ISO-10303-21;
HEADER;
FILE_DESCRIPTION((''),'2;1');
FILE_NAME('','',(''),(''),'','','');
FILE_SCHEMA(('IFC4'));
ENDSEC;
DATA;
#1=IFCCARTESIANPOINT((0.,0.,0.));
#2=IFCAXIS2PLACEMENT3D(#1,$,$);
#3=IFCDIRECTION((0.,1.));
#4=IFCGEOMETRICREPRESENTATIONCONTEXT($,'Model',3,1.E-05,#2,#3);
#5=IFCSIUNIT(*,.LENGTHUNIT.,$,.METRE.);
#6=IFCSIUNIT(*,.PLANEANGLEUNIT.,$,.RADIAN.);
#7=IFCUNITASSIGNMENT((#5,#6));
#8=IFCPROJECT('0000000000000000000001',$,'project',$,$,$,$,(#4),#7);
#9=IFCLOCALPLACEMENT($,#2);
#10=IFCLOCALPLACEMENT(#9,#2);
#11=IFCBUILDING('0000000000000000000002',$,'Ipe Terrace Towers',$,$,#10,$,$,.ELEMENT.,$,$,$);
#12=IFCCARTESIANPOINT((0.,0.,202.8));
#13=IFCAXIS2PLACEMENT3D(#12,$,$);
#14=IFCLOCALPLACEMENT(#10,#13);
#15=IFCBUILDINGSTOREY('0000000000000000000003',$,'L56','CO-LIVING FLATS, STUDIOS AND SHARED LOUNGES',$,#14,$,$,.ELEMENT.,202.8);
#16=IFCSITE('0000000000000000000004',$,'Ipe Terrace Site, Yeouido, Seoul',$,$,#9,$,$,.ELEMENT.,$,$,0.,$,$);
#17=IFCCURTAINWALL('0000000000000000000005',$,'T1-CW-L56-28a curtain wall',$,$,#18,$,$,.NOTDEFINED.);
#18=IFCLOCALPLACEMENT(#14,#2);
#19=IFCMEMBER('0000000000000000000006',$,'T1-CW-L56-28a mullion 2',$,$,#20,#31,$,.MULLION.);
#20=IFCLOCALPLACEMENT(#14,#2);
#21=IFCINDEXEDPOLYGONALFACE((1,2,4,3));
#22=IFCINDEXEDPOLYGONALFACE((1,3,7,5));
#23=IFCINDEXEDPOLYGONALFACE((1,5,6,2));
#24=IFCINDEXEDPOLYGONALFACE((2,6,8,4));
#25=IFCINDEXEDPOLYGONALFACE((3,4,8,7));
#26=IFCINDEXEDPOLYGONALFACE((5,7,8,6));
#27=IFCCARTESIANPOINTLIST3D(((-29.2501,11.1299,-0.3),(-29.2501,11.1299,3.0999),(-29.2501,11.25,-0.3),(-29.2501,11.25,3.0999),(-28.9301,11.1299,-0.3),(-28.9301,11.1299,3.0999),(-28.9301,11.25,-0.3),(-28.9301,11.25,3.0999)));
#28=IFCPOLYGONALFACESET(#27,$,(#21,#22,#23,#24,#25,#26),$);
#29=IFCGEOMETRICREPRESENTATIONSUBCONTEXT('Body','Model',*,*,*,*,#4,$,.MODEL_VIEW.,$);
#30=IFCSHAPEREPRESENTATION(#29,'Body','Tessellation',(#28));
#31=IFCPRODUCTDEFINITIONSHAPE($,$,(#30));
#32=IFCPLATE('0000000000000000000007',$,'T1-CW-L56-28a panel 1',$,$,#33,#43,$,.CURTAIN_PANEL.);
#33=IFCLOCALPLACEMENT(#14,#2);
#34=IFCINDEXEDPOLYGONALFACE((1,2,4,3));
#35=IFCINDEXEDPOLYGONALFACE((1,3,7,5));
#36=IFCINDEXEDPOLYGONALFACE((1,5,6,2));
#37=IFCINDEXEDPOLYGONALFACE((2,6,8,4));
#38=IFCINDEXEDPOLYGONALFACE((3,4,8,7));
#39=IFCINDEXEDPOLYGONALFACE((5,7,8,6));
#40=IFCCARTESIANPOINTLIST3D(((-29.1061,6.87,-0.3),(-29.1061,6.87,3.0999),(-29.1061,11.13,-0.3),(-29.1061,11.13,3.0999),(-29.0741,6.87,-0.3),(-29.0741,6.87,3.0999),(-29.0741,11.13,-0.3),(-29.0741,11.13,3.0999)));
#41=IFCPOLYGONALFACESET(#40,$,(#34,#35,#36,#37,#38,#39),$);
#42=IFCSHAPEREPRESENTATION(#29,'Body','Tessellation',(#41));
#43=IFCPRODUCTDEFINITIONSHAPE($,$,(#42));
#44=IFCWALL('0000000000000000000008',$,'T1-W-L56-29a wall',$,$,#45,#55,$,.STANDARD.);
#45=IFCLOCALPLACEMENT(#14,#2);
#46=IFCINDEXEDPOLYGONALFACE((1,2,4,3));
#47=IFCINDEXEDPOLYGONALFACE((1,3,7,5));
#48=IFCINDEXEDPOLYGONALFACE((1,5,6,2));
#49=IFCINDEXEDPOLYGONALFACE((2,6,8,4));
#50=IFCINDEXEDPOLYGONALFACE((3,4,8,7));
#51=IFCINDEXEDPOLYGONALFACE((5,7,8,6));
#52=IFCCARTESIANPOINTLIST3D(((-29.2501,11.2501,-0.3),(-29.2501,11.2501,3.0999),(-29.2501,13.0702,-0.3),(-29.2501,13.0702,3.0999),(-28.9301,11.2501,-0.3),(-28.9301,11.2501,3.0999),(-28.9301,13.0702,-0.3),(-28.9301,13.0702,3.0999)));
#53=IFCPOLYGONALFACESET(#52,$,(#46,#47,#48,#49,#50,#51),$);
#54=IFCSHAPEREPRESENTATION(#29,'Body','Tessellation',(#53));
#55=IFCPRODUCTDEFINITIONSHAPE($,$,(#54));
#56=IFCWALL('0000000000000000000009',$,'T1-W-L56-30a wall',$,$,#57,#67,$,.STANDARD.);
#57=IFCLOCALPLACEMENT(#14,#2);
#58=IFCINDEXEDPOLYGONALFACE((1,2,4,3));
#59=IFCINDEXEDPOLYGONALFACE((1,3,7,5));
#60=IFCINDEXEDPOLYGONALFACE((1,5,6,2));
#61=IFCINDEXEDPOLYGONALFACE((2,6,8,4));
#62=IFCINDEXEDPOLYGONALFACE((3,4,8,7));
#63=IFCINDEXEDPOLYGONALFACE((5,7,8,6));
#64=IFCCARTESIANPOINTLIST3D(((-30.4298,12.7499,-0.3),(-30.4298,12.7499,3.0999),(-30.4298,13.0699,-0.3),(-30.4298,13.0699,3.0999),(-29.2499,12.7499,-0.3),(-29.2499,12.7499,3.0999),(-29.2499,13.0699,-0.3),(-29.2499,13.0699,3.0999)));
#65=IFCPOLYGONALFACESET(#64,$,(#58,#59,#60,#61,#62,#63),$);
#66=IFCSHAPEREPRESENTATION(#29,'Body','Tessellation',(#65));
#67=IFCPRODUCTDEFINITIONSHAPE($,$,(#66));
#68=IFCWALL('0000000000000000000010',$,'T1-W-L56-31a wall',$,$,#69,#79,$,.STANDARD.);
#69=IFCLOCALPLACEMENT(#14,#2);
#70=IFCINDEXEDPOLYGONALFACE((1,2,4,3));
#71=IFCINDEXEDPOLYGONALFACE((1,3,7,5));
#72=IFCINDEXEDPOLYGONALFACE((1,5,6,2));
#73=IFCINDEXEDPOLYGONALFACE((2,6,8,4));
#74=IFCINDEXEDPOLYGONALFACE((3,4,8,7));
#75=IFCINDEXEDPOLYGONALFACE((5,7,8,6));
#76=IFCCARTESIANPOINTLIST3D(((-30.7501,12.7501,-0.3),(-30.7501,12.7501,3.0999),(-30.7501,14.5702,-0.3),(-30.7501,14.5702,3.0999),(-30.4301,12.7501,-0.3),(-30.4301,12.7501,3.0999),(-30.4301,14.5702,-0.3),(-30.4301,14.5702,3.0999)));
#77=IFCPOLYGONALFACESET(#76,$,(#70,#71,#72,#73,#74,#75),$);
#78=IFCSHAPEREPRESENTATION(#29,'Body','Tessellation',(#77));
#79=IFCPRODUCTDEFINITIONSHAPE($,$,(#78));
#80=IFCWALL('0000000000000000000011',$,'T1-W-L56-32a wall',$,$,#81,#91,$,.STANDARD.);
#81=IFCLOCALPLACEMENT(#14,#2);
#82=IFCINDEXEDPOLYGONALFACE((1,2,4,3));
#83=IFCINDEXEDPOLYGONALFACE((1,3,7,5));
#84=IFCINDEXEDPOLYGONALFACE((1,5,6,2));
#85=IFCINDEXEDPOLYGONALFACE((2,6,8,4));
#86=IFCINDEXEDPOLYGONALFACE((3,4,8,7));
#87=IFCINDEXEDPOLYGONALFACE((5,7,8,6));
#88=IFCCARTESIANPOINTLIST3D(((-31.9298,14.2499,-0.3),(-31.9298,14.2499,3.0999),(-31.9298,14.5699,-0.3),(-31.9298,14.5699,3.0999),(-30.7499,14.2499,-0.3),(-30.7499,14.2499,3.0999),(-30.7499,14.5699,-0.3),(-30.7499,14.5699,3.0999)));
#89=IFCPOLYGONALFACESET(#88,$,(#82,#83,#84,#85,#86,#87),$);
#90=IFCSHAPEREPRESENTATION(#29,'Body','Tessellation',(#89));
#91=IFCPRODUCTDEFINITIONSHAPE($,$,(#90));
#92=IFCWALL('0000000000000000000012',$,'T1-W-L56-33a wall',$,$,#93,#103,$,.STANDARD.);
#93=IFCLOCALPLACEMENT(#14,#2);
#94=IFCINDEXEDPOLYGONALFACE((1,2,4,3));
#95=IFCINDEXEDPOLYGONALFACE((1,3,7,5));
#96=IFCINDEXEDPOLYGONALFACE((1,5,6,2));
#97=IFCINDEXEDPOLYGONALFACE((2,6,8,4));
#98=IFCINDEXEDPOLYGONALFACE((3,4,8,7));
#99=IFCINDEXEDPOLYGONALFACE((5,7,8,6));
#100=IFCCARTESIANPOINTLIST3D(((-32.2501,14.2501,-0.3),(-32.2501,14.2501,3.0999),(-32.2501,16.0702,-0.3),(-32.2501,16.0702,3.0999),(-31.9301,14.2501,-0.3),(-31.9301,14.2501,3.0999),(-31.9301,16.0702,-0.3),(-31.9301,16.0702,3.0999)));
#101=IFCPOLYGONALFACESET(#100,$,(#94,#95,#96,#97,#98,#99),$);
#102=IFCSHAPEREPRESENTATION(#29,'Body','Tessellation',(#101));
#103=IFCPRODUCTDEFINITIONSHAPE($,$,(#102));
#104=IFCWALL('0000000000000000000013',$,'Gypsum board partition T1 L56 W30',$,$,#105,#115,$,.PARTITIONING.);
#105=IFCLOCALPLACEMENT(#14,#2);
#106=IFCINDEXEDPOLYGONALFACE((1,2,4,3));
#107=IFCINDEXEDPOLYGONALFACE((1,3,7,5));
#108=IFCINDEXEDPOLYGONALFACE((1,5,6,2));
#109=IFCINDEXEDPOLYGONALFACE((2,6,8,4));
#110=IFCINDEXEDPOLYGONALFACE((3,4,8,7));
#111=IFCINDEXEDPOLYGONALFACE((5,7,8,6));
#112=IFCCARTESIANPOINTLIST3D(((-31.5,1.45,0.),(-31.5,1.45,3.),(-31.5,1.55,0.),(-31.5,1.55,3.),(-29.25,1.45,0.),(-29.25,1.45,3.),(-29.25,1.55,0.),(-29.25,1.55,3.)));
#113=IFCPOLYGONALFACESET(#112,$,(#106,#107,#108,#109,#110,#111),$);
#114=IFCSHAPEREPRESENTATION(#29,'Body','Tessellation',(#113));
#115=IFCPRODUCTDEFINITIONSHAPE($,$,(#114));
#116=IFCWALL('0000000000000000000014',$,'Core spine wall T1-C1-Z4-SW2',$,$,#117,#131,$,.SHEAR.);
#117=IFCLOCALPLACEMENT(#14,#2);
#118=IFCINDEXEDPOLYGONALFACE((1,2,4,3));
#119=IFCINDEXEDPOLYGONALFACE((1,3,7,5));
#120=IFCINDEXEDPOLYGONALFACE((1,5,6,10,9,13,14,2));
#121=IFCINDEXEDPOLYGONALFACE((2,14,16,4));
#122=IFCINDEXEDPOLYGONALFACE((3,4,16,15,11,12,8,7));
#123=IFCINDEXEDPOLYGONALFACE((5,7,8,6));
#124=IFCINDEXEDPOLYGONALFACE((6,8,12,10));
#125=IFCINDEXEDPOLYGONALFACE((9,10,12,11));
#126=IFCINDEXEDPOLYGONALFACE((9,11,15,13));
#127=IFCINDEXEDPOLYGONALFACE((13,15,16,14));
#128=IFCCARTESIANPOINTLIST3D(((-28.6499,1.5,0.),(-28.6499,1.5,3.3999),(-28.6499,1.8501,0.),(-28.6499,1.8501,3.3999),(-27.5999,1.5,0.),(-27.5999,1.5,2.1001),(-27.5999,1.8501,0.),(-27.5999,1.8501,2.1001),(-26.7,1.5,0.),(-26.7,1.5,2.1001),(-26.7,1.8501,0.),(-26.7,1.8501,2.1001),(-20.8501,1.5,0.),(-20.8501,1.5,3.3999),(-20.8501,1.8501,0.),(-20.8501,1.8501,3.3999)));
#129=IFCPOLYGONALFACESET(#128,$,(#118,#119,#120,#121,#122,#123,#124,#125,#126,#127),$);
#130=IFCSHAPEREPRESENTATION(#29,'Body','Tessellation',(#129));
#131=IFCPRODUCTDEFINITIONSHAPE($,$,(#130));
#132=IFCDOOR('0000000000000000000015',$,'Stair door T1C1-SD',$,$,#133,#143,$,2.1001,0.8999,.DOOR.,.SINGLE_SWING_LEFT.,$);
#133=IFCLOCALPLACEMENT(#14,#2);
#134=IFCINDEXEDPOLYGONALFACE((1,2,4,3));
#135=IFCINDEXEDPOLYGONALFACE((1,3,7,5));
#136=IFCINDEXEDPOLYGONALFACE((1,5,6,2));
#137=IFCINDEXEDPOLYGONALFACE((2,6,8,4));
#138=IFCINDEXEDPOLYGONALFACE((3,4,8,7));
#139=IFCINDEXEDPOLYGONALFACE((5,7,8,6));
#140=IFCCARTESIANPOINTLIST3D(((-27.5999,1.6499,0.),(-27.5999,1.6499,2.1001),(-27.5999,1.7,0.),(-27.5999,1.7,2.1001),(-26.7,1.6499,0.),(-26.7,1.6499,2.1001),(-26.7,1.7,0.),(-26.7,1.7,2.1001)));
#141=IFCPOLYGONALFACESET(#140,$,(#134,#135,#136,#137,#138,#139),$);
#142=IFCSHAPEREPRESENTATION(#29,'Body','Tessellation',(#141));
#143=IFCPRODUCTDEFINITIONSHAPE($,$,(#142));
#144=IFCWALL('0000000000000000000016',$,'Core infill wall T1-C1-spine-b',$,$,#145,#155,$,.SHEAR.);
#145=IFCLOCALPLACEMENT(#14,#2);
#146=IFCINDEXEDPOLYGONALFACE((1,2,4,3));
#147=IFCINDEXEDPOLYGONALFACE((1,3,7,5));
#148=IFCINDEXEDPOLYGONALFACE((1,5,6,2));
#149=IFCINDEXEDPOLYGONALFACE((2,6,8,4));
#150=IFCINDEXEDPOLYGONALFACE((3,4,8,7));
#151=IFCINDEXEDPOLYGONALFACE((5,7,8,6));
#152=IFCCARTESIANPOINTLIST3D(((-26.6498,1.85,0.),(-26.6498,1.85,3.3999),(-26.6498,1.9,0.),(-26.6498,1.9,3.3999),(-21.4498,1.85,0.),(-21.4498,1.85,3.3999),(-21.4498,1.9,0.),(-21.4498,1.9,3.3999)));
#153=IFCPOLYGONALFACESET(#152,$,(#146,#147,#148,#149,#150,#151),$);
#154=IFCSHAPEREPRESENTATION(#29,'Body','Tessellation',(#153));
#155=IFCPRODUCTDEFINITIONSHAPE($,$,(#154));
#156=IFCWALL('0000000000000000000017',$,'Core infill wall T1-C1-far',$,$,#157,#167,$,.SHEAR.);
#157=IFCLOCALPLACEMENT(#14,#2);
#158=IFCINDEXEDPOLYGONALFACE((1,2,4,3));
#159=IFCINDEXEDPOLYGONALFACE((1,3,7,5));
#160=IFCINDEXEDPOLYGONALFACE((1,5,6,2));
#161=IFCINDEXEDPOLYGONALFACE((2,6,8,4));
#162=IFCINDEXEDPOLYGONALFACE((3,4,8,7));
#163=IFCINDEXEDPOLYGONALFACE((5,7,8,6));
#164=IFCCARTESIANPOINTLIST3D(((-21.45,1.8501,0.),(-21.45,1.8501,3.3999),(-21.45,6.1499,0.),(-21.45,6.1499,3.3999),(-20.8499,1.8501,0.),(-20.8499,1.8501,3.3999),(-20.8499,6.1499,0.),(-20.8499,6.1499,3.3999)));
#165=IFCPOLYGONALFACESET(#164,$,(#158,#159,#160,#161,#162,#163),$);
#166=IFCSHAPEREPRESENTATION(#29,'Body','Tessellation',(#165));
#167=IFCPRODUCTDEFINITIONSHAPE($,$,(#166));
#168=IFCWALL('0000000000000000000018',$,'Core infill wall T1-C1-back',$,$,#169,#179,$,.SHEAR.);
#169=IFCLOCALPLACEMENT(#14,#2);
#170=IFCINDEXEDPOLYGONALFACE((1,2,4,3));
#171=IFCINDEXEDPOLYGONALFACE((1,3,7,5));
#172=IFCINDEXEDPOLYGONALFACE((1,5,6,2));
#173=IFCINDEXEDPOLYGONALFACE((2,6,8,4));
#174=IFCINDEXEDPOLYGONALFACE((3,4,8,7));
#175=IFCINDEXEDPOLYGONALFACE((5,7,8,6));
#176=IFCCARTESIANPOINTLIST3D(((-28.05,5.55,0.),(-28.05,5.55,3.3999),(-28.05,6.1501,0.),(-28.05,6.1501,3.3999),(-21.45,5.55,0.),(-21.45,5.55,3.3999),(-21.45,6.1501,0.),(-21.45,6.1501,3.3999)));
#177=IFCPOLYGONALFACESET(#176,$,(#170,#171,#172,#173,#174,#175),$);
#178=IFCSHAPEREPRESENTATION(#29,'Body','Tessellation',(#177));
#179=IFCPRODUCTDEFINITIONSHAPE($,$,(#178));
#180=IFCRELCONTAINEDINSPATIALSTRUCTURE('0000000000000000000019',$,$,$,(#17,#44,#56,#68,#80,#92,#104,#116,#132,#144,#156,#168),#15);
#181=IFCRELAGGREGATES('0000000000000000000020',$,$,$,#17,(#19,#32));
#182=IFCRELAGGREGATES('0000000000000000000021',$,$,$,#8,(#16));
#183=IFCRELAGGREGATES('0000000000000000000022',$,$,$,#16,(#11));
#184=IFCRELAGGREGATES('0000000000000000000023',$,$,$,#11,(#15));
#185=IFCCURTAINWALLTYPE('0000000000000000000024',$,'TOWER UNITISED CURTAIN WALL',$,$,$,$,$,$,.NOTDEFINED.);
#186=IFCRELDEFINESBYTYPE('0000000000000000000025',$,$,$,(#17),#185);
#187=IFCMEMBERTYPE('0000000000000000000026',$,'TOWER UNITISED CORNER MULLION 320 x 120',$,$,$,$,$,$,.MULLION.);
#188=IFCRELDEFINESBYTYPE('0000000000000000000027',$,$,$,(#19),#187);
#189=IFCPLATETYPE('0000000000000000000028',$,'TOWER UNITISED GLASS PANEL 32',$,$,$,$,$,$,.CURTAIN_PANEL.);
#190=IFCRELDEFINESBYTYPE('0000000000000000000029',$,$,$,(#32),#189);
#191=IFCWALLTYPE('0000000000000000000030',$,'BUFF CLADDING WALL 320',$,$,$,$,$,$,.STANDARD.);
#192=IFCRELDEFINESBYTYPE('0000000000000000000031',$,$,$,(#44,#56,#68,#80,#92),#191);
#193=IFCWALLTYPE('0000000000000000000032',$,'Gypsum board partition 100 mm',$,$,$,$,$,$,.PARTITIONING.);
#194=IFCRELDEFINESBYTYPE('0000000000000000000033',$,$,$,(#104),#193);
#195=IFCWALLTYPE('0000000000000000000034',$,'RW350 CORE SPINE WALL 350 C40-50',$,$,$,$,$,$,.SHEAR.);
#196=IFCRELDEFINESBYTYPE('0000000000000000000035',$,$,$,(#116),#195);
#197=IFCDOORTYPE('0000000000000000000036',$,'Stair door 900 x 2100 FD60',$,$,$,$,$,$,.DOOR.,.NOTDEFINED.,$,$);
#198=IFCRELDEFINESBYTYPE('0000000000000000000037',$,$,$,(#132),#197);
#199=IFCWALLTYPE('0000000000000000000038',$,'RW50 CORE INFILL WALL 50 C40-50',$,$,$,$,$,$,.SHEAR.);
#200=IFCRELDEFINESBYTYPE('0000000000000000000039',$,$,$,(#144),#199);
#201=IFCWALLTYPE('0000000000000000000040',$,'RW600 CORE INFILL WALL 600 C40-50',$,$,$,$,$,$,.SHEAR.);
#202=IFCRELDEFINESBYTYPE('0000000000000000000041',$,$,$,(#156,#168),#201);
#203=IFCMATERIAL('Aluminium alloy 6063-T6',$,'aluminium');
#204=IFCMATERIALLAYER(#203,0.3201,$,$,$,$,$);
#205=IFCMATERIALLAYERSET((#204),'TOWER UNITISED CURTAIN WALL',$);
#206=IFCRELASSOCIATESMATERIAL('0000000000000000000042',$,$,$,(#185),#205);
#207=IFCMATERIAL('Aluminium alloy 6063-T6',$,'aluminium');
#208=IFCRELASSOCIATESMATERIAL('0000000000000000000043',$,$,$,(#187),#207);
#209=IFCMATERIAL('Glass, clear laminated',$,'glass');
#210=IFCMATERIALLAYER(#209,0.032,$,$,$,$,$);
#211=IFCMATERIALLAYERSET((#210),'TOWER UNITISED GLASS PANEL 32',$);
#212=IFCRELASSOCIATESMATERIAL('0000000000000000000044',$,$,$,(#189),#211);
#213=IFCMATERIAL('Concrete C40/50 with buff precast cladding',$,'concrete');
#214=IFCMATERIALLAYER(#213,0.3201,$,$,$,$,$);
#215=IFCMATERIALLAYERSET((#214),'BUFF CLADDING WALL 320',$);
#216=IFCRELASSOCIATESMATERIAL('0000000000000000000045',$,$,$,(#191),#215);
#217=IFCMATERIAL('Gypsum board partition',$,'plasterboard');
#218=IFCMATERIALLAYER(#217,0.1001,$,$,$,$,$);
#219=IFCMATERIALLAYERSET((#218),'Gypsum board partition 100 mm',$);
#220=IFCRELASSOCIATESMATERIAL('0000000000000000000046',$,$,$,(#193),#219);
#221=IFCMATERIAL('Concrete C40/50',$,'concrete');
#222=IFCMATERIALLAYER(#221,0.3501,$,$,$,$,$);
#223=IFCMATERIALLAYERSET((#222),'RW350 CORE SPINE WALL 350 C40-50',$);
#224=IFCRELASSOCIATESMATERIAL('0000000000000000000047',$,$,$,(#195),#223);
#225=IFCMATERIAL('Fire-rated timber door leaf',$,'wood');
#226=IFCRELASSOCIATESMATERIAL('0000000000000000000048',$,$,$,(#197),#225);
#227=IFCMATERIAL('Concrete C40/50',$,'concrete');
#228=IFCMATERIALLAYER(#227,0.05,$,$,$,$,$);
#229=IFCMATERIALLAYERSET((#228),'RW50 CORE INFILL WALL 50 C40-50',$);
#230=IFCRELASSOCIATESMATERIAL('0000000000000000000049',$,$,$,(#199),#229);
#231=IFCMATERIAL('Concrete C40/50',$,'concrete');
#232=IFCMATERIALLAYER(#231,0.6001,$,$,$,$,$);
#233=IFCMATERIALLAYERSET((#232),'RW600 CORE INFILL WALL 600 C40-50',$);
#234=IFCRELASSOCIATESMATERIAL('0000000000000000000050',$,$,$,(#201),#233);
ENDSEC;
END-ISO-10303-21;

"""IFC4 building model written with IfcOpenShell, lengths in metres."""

from ifc_helpers import new_model, si_unit, direction, frame, frame_2d, origin, origin_2d, place, context, subcontext, project, spatial, rectangle, extrude, material, layer, layer_set, material_profile, profile_set, type_object, element, fill, aggregate, save


model = new_model("IFC4")

# Units and contexts
model_context = context("Model", 3, precision=1e-05, world=origin(), true_north=direction((0.0, 1.0)))
body_context = subcontext(model_context, "Body", "Model", "MODEL_VIEW")
ifc_project = project(units=[si_unit("LENGTHUNIT", "METRE"), si_unit("PLANEANGLEUNIT", "RADIAN")], contexts=[model_context])

# Site, building, storey
site_placement = place(None, origin())
site = spatial("IfcSite", under=ifc_project, at=site_placement, Name="Ipe Terrace Site, Yeouido, Seoul", CompositionType="ELEMENT", RefElevation=0.0)
building_placement = place(site_placement, origin())
building = spatial("IfcBuilding", under=site, at=building_placement, Name="Ipe Terrace Towers", CompositionType="ELEMENT")
storey_placement = place(building_placement, frame((0.0, 0.0, 202.8)))
storey = spatial("IfcBuildingStorey", under=building, at=storey_placement, Name="L56", Description="CO-LIVING FLATS, STUDIOS AND SHARED LOUNGES", CompositionType="ELEMENT", Elevation=202.8)

# Curtain wall, member, plate
ifc_material_1 = material(Name="Aluminium alloy 6063-T6", Category="aluminium")
ifc_layer_1 = layer(ifc_material_1, 0.3201)
ifc_layer_set_1 = layer_set([ifc_layer_1], Name="TOWER UNITISED CURTAIN WALL")
curtain_wall_type = type_object("IfcCurtainWallType", Name="TOWER UNITISED CURTAIN WALL", PredefinedType="NOTDEFINED", material=ifc_layer_set_1)
curtain_wall_placement = place(storey_placement, origin())
curtain_wall = element("IfcCurtainWall", 1, at=curtain_wall_placement, inside=storey, type_object=curtain_wall_type, Name="T1-CW-L56-28a curtain wall", PredefinedType="NOTDEFINED")
ifc_material_2 = material(Name="Aluminium alloy 6063-T6", Category="aluminium")
ifc_material_profile_1 = material_profile(ifc_material_2, rectangle(XDim=0.3201, YDim=0.1201, at=origin_2d()), Name="TOWER UNITISED CORNER MULLION 320 x 120")
ifc_profile_set_1 = profile_set([ifc_material_profile_1], Name="Aluminium alloy 6063-T6")
member_type = type_object("IfcMemberType", Name="TOWER UNITISED CORNER MULLION 320 x 120", PredefinedType="MULLION", material=ifc_profile_set_1)
member_1_placement = place(storey_placement, frame((-29.0901, 11.1899, -0.3), z_axis=(0.0, 0.0, 1.0), x_axis=(1.0, 0.0, 0.0)))
member_1 = element("IfcMember", 2, at=member_1_placement, type_object=member_type, Name="T1-CW-L56-28a mullion 2", PredefinedType="MULLION", context=body_context, shape_type="SweptSolid", body=[
    extrude(rectangle(XDim=0.3201, YDim=0.1201, at=origin_2d()), origin(), (0.0, 0.0, 1.0), 3.3999),
])
ifc_material_3 = material(Name="Glass, clear laminated", Category="glass")
ifc_layer_2 = layer(ifc_material_3, 0.032)
ifc_layer_set_2 = layer_set([ifc_layer_2], Name="TOWER UNITISED GLASS PANEL 32")
plate_type = type_object("IfcPlateType", Name="TOWER UNITISED GLASS PANEL 32", PredefinedType="CURTAIN_PANEL", material=ifc_layer_set_2)
plate_placement = place(storey_placement, frame((-29.0901, 9.0, -0.3), z_axis=(0.0, 0.0, 1.0), x_axis=(0.0, 1.0, 0.0)))
plate = element("IfcPlate", 3, at=plate_placement, type_object=plate_type, Name="T1-CW-L56-28a panel 1", PredefinedType="CURTAIN_PANEL", context=body_context, shape_type="SweptSolid", body=[
    extrude(rectangle(XDim=4.26, YDim=0.032, at=origin_2d()), origin(), (0.0, 0.0, 1.0), 3.3999),
])
aggregate(curtain_wall, [member_1, plate])

# Walls
ifc_material_4 = material(Name="Concrete C40/50 with buff precast cladding", Category="concrete")
ifc_layer_3 = layer(ifc_material_4, 0.3201)
ifc_layer_set_3 = layer_set([ifc_layer_3], Name="BUFF CLADDING WALL 320")
wall_type_1 = type_object("IfcWallType", Name="BUFF CLADDING WALL 320", PredefinedType="STANDARD", material=ifc_layer_set_3)
wall_1_placement = place(storey_placement, frame((-29.0901, 11.25, -0.3), z_axis=(0.0, 0.0, 1.0), x_axis=(0.0, 1.0, 0.0)))
element("IfcWall", 4, at=wall_1_placement, inside=storey, type_object=wall_type_1, Name="T1-W-L56-29a wall", PredefinedType="STANDARD", context=body_context, shape_type="SweptSolid", body=[
    extrude(rectangle(XDim=1.8201, YDim=0.3201, at=frame_2d((0.9102, 0.0))), origin(), (0.0, 0.0, 1.0), 3.3999),
])
wall_2_placement = place(storey_placement, frame((-29.25, 12.9099, -0.3), z_axis=(0.0, 0.0, 1.0), x_axis=(-1.0, 0.0, 0.0)))
element("IfcWall", 5, at=wall_2_placement, inside=storey, type_object=wall_type_1, Name="T1-W-L56-30a wall", PredefinedType="STANDARD", context=body_context, shape_type="SweptSolid", body=[
    extrude(rectangle(XDim=1.1799, YDim=0.3201, at=frame_2d((0.5898, 0.0))), origin(), (0.0, 0.0, 1.0), 3.3999),
])
wall_3_placement = place(storey_placement, frame((-30.5901, 12.75, -0.3), z_axis=(0.0, 0.0, 1.0), x_axis=(0.0, 1.0, 0.0)))
element("IfcWall", 6, at=wall_3_placement, inside=storey, type_object=wall_type_1, Name="T1-W-L56-31a wall", PredefinedType="STANDARD", context=body_context, shape_type="SweptSolid", body=[
    extrude(rectangle(XDim=1.8201, YDim=0.3201, at=frame_2d((0.9102, 0.0))), origin(), (0.0, 0.0, 1.0), 3.3999),
])
wall_4_placement = place(storey_placement, frame((-30.75, 14.4099, -0.3), z_axis=(0.0, 0.0, 1.0), x_axis=(-1.0, 0.0, 0.0)))
element("IfcWall", 7, at=wall_4_placement, inside=storey, type_object=wall_type_1, Name="T1-W-L56-32a wall", PredefinedType="STANDARD", context=body_context, shape_type="SweptSolid", body=[
    extrude(rectangle(XDim=1.1799, YDim=0.3201, at=frame_2d((0.5898, 0.0))), origin(), (0.0, 0.0, 1.0), 3.3999),
])
wall_5_placement = place(storey_placement, frame((-32.0901, 14.25, -0.3), z_axis=(0.0, 0.0, 1.0), x_axis=(0.0, 1.0, 0.0)))
element("IfcWall", 8, at=wall_5_placement, inside=storey, type_object=wall_type_1, Name="T1-W-L56-33a wall", PredefinedType="STANDARD", context=body_context, shape_type="SweptSolid", body=[
    extrude(rectangle(XDim=1.8201, YDim=0.3201, at=frame_2d((0.9102, 0.0))), origin(), (0.0, 0.0, 1.0), 3.3999),
])
ifc_material_5 = material(Name="Gypsum board partition", Category="plasterboard")
ifc_layer_4 = layer(ifc_material_5, 0.1001)
ifc_layer_set_4 = layer_set([ifc_layer_4], Name="Gypsum board partition 100 mm")
wall_type_2 = type_object("IfcWallType", Name="Gypsum board partition 100 mm", PredefinedType="PARTITIONING", material=ifc_layer_set_4)
wall_6_placement = place(storey_placement, frame((-31.5, 1.5, 0.0), z_axis=(0.0, 0.0, 1.0), x_axis=(1.0, 0.0, 0.0)))
element("IfcWall", 9, at=wall_6_placement, inside=storey, type_object=wall_type_2, Name="Gypsum board partition T1 L56 W30", PredefinedType="PARTITIONING", context=body_context, shape_type="SweptSolid", body=[
    extrude(rectangle(XDim=2.25, YDim=0.1001, at=frame_2d((1.125, 0.0))), origin(), (0.0, 0.0, 1.0), 3.0),
])

# Wall, opening, door
ifc_material_6 = material(Name="Concrete C40/50", Category="concrete")
ifc_layer_5 = layer(ifc_material_6, 0.3501)
ifc_layer_set_5 = layer_set([ifc_layer_5], Name="RW350 CORE SPINE WALL 350 C40-50")
wall_type_3 = type_object("IfcWallType", Name="RW350 CORE SPINE WALL 350 C40-50", PredefinedType="SHEAR", material=ifc_layer_set_5)
wall_7_placement = place(storey_placement, frame((-28.6499, 1.675, 0.0), z_axis=(0.0, 0.0, 1.0), x_axis=(1.0, 0.0, 0.0)))
wall_7 = element("IfcWall", 10, at=wall_7_placement, inside=storey, type_object=wall_type_3, Name="Core spine wall T1-C1-Z4-SW2", PredefinedType="SHEAR", context=body_context, shape_type="SweptSolid", body=[
    extrude(rectangle(XDim=7.7998, YDim=0.3501, at=frame_2d((3.8999, 0.0))), origin(), (0.0, 0.0, 1.0), 3.3999),
])
opening_1_placement = place(wall_7_placement, frame((1.05, 0.0, 0.0)))
opening_1 = element("IfcOpeningElement", 11, at=opening_1_placement, cuts=wall_7, PredefinedType="OPENING", context=body_context, shape_type="SweptSolid", body=[
    extrude(rectangle(XDim=0.8999, YDim=2.1001, at=frame_2d((0.45, 1.05))), frame((0.0, 0.1851, 0.0), z_axis=(0.0, -1.0, 0.0), x_axis=(1.0, 0.0, 0.0)), (0.0, 0.0, 1.0), 0.3701),
])
ifc_material_7 = material(Name="Fire-rated timber door leaf", Category="wood")
door_type_1 = type_object("IfcDoorType", Name="Stair door 900 x 2100 FD60", OperationType="NOTDEFINED", PredefinedType="DOOR", material=ifc_material_7)
door_1_placement = place(opening_1_placement, origin())
door_1 = element("IfcDoor", 12, at=door_1_placement, inside=storey, type_object=door_type_1, Name="Stair door T1C1-SD", OperationType="SINGLE_SWING_LEFT", OverallHeight=2.1001, OverallWidth=0.8999, PredefinedType="DOOR", context=body_context, shape_type="SweptSolid", body=[
    extrude(rectangle(XDim=0.8999, YDim=2.1001, at=frame_2d((0.45, 1.05))), frame((0.0, 0.0249, 0.0), z_axis=(0.0, -1.0, 0.0), x_axis=(1.0, 0.0, 0.0)), (0.0, 0.0, 1.0), 0.05),
])
fill(opening_1, door_1)

# Walls
ifc_material_8 = material(Name="Concrete C40/50", Category="concrete")
ifc_layer_6 = layer(ifc_material_8, 0.05)
ifc_layer_set_6 = layer_set([ifc_layer_6], Name="RW50 CORE INFILL WALL 50 C40-50")
wall_type_4 = type_object("IfcWallType", Name="RW50 CORE INFILL WALL 50 C40-50", PredefinedType="SHEAR", material=ifc_layer_set_6)
wall_8_placement = place(storey_placement, frame((-26.6499, 1.875, 0.0), z_axis=(0.0, 0.0, 1.0), x_axis=(1.0, 0.0, 0.0)))
element("IfcWall", 13, at=wall_8_placement, inside=storey, type_object=wall_type_4, Name="Core infill wall T1-C1-spine-b", PredefinedType="SHEAR", context=body_context, shape_type="SweptSolid", body=[
    extrude(rectangle(XDim=5.2, YDim=0.05, at=frame_2d((2.6001, 0.0))), origin(), (0.0, 0.0, 1.0), 3.3999),
])
ifc_material_9 = material(Name="Concrete C40/50", Category="concrete")
ifc_layer_7 = layer(ifc_material_9, 0.6001)
ifc_layer_set_7 = layer_set([ifc_layer_7], Name="RW600 CORE INFILL WALL 600 C40-50")
wall_type_5 = type_object("IfcWallType", Name="RW600 CORE INFILL WALL 600 C40-50", PredefinedType="SHEAR", material=ifc_layer_set_7)
wall_9_placement = place(storey_placement, frame((-21.1499, 1.8501, 0.0), z_axis=(0.0, 0.0, 1.0), x_axis=(0.0, 1.0, 0.0)))
element("IfcWall", 14, at=wall_9_placement, inside=storey, type_object=wall_type_5, Name="Core infill wall T1-C1-far", PredefinedType="SHEAR", context=body_context, shape_type="SweptSolid", body=[
    extrude(rectangle(XDim=4.2998, YDim=0.6001, at=frame_2d((2.1499, 0.0))), origin(), (0.0, 0.0, 1.0), 3.3999),
])
wall_10_placement = place(storey_placement, frame((-28.05, 5.8501, 0.0), z_axis=(0.0, 0.0, 1.0), x_axis=(1.0, 0.0, 0.0)))
element("IfcWall", 15, at=wall_10_placement, inside=storey, type_object=wall_type_5, Name="Core infill wall T1-C1-back", PredefinedType="SHEAR", context=body_context, shape_type="SweptSolid", body=[
    extrude(rectangle(XDim=6.6001, YDim=0.6001, at=frame_2d((3.3, 0.0))), origin(), (0.0, 0.0, 1.0), 3.3999),
])

save(model, "model.ifc")
